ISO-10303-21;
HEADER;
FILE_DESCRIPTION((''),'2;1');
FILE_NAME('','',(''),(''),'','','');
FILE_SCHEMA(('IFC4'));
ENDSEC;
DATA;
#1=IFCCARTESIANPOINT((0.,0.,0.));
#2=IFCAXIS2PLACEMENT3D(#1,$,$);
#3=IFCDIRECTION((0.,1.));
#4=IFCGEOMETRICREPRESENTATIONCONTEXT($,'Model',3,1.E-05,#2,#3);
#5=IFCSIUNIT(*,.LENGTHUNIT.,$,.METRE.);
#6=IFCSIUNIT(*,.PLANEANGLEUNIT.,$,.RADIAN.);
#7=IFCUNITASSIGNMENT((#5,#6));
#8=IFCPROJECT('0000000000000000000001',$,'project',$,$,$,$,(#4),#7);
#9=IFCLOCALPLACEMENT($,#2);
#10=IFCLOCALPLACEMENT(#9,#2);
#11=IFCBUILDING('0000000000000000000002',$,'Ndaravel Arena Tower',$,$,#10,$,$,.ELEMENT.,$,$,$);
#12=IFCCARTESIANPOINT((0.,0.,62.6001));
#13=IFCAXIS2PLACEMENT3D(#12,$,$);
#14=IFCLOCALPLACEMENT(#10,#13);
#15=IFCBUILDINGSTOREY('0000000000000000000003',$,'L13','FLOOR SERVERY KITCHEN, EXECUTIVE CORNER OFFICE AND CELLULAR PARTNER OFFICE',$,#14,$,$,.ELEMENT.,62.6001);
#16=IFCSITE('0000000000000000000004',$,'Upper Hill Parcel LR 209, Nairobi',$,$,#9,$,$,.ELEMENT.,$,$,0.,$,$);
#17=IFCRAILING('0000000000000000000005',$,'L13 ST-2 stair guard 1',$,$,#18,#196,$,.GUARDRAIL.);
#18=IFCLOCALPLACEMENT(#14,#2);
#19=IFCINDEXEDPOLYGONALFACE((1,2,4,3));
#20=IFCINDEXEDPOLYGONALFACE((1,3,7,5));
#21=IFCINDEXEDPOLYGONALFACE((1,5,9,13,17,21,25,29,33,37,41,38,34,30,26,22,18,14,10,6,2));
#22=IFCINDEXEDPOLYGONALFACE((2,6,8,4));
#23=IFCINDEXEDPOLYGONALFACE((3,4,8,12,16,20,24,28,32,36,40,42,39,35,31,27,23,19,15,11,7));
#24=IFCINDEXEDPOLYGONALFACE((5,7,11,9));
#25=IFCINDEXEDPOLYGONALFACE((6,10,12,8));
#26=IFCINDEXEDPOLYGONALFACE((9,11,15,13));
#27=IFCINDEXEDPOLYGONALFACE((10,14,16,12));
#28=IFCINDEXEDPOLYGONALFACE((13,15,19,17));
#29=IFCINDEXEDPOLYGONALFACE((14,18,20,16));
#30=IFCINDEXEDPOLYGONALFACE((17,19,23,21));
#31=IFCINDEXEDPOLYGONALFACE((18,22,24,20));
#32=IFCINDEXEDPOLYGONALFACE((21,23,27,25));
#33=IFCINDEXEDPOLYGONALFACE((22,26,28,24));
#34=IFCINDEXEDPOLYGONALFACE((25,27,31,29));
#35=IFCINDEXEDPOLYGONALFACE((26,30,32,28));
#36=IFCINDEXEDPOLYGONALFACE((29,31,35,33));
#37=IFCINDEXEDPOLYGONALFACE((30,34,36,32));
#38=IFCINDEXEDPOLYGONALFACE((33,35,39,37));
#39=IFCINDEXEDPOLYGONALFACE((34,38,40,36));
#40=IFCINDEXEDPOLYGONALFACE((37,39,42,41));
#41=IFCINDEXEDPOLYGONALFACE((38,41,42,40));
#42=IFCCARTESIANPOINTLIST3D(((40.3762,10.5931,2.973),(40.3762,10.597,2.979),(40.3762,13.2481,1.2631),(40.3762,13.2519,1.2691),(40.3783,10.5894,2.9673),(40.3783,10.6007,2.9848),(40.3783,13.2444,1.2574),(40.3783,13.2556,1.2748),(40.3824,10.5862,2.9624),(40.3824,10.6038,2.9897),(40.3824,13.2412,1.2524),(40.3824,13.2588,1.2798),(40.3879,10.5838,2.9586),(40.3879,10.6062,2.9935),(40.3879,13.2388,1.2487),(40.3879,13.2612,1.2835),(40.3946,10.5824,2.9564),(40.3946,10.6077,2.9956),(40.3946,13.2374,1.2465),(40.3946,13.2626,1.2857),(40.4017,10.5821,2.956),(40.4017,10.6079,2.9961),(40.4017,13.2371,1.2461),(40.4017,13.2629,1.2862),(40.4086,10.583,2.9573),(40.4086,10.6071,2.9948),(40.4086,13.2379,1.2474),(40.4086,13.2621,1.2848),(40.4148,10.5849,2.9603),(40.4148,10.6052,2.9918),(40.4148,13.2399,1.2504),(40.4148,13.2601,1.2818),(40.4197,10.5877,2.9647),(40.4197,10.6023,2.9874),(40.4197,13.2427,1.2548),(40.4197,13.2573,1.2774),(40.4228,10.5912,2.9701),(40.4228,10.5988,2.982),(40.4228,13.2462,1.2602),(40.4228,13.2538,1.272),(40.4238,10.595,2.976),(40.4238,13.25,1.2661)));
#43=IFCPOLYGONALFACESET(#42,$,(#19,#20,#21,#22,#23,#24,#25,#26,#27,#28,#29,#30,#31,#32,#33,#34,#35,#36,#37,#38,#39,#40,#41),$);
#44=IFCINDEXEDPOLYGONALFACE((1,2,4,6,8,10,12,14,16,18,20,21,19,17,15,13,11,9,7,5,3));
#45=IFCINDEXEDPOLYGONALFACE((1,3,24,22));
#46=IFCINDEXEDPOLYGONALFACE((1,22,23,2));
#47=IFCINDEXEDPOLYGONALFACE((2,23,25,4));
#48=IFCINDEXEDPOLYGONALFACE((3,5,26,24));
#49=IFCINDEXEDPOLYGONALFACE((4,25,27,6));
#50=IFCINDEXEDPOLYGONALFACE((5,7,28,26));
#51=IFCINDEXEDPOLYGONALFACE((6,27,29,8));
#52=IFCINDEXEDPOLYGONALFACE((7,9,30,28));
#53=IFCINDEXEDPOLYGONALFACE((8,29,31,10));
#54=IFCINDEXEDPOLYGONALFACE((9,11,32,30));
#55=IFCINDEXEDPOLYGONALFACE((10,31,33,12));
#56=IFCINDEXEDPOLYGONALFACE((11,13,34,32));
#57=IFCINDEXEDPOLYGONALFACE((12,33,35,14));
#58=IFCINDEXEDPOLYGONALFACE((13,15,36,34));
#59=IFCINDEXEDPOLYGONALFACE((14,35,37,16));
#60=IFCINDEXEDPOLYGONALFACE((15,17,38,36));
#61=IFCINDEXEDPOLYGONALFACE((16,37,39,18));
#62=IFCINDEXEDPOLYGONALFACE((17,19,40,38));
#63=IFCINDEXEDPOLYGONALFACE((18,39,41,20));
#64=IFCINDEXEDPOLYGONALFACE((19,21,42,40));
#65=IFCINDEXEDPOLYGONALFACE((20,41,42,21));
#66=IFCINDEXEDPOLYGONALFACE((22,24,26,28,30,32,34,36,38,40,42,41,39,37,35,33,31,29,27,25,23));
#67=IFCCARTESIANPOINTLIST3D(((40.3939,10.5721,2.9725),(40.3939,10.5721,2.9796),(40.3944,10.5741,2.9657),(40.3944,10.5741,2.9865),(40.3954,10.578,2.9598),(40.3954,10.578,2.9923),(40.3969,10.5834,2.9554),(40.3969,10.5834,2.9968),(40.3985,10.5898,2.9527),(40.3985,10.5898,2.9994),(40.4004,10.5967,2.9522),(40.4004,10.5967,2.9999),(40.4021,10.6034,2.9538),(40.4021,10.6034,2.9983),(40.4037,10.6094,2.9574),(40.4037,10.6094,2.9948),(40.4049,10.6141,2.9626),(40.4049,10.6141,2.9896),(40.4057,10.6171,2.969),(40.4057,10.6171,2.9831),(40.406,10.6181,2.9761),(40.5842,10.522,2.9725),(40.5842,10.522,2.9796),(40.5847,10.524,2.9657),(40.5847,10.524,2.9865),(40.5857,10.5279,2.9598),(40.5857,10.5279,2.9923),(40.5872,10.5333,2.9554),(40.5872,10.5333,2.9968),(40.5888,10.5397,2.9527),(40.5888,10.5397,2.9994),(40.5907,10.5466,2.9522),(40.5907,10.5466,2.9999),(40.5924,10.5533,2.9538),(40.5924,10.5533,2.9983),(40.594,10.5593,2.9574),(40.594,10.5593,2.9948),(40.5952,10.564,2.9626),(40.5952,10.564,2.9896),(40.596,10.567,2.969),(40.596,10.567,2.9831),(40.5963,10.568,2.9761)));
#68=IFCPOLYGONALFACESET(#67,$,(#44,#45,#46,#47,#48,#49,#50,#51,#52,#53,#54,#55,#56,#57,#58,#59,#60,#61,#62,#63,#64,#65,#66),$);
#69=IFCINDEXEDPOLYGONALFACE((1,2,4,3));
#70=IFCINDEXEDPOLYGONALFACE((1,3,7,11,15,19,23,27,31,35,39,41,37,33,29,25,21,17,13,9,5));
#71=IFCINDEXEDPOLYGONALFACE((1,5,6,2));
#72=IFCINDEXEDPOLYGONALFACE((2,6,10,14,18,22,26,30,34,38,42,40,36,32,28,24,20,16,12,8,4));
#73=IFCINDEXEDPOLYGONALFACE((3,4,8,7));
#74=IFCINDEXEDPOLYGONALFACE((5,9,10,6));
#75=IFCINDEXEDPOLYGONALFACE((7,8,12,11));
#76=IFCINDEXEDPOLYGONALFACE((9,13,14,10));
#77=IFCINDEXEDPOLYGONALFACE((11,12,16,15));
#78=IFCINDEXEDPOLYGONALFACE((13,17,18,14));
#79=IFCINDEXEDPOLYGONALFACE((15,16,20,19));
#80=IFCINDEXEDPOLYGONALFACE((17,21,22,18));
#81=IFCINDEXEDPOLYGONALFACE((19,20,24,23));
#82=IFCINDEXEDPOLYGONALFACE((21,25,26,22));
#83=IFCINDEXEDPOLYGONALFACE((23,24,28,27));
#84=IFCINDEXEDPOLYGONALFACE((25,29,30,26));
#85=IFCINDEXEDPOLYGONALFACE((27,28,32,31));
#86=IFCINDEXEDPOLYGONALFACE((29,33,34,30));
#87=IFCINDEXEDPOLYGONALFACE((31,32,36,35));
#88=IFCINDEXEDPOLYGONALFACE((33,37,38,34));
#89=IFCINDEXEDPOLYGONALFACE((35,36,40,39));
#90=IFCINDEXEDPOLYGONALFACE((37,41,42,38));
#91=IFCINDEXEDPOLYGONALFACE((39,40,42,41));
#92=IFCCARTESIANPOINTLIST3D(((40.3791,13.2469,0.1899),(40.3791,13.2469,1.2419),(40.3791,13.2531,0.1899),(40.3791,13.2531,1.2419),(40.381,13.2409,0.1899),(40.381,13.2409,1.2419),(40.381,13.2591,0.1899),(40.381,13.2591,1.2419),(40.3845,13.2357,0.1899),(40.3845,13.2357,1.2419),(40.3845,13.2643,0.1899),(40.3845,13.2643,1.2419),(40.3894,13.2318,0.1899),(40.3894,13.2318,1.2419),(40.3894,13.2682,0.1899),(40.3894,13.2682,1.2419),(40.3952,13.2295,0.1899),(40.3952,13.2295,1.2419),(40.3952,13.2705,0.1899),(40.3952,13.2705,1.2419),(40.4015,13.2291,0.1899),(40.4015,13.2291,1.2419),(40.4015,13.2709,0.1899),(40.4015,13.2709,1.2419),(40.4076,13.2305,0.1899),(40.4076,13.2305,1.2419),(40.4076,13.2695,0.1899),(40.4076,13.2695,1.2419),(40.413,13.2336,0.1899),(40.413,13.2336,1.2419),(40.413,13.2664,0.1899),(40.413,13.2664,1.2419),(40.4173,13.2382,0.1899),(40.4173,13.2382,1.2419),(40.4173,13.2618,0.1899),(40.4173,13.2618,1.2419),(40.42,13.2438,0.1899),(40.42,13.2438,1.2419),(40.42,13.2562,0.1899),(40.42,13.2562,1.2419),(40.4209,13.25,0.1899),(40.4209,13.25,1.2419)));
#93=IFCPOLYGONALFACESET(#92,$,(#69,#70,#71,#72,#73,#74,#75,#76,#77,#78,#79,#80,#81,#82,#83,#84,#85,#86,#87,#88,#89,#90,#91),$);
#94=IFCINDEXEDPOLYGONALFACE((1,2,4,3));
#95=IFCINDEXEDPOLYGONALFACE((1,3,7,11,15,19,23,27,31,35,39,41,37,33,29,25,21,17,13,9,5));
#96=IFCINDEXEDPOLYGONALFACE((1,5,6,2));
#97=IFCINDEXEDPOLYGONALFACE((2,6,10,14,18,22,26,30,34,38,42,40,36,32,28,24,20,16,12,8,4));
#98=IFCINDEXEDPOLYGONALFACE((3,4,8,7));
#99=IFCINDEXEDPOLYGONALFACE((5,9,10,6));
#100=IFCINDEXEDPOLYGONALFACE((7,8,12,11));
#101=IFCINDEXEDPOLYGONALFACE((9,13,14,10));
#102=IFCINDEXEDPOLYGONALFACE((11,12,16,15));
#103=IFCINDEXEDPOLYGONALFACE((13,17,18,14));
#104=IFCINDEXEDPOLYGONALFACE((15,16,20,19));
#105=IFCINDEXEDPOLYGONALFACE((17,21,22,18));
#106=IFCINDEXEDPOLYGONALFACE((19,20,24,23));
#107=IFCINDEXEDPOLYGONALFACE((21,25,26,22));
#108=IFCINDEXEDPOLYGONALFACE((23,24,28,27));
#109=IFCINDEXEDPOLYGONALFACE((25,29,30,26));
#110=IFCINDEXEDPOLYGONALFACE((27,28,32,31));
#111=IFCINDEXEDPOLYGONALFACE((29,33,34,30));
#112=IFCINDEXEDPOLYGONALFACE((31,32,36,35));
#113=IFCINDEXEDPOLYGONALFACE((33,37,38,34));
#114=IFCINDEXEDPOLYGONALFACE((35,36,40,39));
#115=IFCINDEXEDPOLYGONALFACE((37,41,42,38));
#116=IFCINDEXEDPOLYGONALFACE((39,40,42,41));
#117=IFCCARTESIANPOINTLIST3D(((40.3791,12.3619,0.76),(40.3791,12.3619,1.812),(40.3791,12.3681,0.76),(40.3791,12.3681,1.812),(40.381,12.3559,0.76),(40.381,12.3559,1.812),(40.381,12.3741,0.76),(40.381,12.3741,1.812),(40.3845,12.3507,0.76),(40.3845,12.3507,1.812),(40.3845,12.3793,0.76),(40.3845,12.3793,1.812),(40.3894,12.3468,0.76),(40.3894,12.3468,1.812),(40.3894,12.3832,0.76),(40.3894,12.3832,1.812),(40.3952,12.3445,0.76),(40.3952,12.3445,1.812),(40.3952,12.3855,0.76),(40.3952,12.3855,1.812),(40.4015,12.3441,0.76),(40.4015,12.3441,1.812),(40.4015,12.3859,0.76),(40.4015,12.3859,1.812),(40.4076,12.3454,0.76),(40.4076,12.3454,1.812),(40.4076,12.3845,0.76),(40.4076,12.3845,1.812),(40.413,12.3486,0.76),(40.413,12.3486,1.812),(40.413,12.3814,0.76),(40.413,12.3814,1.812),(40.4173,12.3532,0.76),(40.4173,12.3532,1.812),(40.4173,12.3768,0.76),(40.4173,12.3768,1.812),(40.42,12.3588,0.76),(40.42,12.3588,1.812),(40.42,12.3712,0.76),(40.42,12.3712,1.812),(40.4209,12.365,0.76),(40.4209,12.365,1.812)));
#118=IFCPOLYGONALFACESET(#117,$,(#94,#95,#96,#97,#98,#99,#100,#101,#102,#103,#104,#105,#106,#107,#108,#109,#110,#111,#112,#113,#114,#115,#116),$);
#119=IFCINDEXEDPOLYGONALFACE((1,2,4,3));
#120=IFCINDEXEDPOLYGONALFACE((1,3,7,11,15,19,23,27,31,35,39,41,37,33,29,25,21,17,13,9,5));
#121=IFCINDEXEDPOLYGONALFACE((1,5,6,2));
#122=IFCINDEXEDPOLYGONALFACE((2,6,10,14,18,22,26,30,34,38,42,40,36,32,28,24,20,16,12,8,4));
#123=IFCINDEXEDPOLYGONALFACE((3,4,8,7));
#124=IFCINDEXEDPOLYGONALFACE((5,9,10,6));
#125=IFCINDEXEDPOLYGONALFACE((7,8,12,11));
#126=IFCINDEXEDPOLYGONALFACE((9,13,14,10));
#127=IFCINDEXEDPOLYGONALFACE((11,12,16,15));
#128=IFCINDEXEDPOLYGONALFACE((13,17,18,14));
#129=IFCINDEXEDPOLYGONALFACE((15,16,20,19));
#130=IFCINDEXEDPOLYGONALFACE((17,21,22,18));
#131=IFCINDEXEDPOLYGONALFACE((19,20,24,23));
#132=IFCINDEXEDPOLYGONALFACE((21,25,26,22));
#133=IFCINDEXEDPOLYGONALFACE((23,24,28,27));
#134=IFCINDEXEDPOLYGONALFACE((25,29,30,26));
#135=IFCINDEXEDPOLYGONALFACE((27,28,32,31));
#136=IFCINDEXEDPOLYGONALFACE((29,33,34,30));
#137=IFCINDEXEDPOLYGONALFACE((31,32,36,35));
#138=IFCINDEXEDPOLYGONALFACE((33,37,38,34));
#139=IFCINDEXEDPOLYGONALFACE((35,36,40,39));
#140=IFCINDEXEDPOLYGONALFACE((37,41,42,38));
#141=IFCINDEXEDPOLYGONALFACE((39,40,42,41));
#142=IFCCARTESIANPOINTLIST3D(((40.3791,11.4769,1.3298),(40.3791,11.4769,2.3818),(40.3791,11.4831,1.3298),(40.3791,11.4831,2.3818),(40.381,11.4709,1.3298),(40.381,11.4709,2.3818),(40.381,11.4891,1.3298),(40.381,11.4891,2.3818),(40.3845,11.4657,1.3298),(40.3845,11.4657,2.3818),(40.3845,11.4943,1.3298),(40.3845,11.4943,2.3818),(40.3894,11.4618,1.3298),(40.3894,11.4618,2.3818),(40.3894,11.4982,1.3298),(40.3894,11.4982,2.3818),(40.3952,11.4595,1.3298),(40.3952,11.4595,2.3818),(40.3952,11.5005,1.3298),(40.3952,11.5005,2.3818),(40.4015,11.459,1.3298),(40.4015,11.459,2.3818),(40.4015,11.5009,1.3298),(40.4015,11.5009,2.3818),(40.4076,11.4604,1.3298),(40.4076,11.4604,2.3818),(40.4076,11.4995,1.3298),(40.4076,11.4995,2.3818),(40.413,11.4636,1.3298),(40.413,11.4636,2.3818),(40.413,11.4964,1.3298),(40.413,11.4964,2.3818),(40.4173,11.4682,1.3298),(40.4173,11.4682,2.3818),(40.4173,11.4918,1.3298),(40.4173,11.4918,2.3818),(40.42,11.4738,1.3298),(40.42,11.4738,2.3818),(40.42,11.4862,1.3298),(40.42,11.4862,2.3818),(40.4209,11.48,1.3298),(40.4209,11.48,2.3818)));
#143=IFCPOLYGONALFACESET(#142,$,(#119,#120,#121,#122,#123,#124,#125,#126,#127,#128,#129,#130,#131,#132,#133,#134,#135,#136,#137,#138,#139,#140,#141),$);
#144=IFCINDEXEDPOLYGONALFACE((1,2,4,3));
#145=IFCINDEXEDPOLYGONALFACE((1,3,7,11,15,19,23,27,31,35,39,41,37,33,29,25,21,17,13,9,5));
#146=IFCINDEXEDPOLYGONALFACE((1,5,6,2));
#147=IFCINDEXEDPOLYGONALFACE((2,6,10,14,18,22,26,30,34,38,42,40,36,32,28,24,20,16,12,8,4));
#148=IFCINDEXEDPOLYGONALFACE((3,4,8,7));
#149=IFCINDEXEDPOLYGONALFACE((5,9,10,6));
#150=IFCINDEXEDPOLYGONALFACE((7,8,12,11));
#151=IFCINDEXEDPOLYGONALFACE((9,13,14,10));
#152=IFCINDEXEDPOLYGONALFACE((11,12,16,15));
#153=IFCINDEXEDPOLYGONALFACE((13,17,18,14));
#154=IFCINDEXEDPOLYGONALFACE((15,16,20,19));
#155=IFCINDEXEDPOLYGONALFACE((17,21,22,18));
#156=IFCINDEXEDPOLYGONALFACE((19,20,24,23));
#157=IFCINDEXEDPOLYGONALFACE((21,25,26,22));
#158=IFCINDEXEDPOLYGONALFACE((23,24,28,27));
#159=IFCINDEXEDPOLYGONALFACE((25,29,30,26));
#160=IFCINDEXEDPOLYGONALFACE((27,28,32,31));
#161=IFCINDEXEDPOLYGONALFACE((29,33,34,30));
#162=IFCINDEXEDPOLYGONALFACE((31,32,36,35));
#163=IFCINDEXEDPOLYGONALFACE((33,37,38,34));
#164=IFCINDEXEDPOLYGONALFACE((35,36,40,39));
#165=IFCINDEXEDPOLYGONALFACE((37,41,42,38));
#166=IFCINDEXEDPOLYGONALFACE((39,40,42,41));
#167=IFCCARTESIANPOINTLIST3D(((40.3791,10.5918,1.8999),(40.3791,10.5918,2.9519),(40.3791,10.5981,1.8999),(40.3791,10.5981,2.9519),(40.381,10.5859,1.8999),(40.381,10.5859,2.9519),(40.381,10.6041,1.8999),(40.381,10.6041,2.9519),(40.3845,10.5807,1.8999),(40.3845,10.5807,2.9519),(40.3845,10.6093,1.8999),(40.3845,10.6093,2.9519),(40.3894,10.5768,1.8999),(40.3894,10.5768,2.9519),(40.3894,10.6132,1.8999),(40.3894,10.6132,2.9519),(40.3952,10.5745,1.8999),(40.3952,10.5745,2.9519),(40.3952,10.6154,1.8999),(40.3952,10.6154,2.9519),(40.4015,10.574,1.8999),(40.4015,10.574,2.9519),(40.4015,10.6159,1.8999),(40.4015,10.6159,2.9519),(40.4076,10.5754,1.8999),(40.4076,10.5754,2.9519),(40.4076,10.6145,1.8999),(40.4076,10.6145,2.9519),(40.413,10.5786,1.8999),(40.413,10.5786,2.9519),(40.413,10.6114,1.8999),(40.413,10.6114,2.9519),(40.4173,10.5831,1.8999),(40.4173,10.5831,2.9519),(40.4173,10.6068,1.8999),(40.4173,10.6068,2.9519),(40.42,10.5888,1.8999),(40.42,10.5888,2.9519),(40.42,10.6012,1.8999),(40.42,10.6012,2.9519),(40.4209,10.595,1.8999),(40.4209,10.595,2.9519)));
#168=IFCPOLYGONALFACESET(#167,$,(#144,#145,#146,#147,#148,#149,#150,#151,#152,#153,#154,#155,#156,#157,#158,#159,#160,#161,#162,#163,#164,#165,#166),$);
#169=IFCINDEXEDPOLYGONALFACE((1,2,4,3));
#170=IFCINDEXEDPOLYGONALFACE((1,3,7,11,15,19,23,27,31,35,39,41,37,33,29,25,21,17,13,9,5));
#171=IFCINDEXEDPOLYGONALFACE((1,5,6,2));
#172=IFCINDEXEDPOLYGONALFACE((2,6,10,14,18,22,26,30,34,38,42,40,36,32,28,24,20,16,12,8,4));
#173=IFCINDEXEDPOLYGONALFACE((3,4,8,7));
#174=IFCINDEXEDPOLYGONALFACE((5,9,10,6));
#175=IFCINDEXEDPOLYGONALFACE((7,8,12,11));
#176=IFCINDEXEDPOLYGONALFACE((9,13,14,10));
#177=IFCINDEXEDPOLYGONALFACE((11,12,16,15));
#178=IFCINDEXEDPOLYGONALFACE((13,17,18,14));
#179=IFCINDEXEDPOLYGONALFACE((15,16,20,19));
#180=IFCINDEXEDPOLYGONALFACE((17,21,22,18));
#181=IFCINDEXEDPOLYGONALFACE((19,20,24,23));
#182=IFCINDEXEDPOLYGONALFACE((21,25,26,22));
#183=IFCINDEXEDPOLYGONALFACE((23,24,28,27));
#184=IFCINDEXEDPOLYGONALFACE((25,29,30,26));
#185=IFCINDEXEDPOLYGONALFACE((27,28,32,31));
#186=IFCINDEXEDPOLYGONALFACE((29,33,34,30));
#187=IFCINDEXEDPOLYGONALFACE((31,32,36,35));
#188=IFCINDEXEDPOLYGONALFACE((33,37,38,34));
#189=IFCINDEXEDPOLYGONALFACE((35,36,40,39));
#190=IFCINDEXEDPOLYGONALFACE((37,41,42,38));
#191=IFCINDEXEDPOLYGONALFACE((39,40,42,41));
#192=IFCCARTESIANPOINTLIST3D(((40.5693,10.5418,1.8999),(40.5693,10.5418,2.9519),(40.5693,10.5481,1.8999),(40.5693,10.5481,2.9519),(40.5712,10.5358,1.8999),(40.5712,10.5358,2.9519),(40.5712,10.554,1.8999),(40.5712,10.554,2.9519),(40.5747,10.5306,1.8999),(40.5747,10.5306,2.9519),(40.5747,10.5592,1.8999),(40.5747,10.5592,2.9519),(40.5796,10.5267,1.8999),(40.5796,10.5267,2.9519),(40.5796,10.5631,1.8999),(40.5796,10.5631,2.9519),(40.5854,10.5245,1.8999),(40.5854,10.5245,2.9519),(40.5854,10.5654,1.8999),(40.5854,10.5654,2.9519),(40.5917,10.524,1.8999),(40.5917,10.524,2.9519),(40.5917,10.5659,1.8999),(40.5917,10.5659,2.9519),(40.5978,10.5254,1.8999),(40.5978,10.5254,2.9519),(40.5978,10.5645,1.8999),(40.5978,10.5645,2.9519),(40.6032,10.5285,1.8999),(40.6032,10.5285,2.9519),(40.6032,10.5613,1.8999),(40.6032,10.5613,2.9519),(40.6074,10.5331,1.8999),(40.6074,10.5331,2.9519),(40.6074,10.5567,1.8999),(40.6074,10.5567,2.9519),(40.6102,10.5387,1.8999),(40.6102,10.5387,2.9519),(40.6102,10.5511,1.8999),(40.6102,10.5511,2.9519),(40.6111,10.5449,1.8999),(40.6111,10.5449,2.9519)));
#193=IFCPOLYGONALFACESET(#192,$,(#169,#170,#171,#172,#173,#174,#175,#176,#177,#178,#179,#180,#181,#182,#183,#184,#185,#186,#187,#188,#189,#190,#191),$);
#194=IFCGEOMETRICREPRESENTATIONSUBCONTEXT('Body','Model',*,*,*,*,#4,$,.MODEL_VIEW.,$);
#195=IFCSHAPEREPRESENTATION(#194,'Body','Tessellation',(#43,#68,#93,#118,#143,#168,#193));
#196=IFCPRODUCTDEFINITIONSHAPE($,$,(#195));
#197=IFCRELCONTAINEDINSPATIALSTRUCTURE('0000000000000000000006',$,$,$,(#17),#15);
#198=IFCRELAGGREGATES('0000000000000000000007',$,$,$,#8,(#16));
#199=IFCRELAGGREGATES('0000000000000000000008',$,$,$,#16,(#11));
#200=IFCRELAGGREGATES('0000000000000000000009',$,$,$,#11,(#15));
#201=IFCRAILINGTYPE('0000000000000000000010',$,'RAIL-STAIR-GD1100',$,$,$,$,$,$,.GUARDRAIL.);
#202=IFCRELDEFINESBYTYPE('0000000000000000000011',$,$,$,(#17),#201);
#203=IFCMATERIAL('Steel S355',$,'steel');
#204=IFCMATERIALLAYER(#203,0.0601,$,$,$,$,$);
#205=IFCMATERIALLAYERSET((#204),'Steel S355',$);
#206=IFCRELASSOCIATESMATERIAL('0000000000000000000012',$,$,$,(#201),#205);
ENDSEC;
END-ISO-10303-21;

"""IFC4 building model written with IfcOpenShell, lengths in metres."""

from ifc_helpers import new_model, si_unit, direction, frame, origin, origin_2d, place, context, subcontext, project, spatial, circle, extrude, material, layer, layer_set, type_object, element, save


model = new_model("IFC4")

# Units and contexts
model_context = context("Model", 3, precision=1e-05, world=origin(), true_north=direction((0.0, 1.0)))
body_context = subcontext(model_context, "Body", "Model", "MODEL_VIEW")
ifc_project = project(units=[si_unit("LENGTHUNIT", "METRE"), si_unit("PLANEANGLEUNIT", "RADIAN")], contexts=[model_context])

# Site, building, storey
site_placement = place(None, origin())
site = spatial("IfcSite", under=ifc_project, at=site_placement, Name="Upper Hill Parcel LR 209, Nairobi", CompositionType="ELEMENT", RefElevation=0.0)
building_placement = place(site_placement, origin())
building = spatial("IfcBuilding", under=site, at=building_placement, Name="Ndaravel Arena Tower", CompositionType="ELEMENT")
storey_placement = place(building_placement, frame((0.0, 0.0, 62.6001)))
storey = spatial("IfcBuildingStorey", under=building, at=storey_placement, Name="L13", Description="FLOOR SERVERY KITCHEN, EXECUTIVE CORNER OFFICE AND CELLULAR PARTNER OFFICE", CompositionType="ELEMENT", Elevation=62.6001)

# Railing
ifc_material_1 = material(Name="Steel S355", Category="steel")
ifc_layer_1 = layer(ifc_material_1, 0.0601)
ifc_layer_set_1 = layer_set([ifc_layer_1], Name="Steel S355")
railing_type_1 = type_object("IfcRailingType", Name="RAIL-STAIR-GD1100", PredefinedType="GUARDRAIL", material=ifc_layer_set_1)
railing_1_placement = place(storey_placement, frame((40.3999, 13.25, 0.1899)))
element("IfcRailing", 1, at=railing_1_placement, inside=storey, type_object=railing_type_1, Name="L13 ST-2 stair guard 1", PredefinedType="GUARDRAIL", context=body_context, shape_type="SweptSolid", body=[
    extrude(circle(Radius=0.0239, at=origin_2d()), frame((0.0, 0.0, 1.0762), z_axis=(0.0, -0.840724, 0.541465), x_axis=(1.0, 0.0, 0.0)), (0.0, 0.0, 1.0), 3.158),
    extrude(circle(Radius=0.0239, at=origin_2d()), frame((0.0, -2.655, 2.7861), z_axis=(0.967075, -0.254493, 0.0), x_axis=(0.254493, 0.967075, 0.0)), (0.0, 0.0, 1.0), 0.1968),
    extrude(circle(Radius=0.021, at=origin_2d()), origin(), (0.0, 0.0, 1.0), 1.052),
    extrude(circle(Radius=0.021, at=origin_2d()), frame((0.0, -0.885, 0.5701)), (0.0, 0.0, 1.0), 1.052),
    extrude(circle(Radius=0.021, at=origin_2d()), frame((0.0, -1.77, 1.1399)), (0.0, 0.0, 1.0), 1.052),
    extrude(circle(Radius=0.021, at=origin_2d()), frame((0.0, -2.655, 1.71)), (0.0, 0.0, 1.0), 1.052),
    extrude(circle(Radius=0.021, at=origin_2d()), frame((0.1902, -2.7051, 1.71)), (0.0, 0.0, 1.0), 1.052),
])

save(model, "model.ifc")
